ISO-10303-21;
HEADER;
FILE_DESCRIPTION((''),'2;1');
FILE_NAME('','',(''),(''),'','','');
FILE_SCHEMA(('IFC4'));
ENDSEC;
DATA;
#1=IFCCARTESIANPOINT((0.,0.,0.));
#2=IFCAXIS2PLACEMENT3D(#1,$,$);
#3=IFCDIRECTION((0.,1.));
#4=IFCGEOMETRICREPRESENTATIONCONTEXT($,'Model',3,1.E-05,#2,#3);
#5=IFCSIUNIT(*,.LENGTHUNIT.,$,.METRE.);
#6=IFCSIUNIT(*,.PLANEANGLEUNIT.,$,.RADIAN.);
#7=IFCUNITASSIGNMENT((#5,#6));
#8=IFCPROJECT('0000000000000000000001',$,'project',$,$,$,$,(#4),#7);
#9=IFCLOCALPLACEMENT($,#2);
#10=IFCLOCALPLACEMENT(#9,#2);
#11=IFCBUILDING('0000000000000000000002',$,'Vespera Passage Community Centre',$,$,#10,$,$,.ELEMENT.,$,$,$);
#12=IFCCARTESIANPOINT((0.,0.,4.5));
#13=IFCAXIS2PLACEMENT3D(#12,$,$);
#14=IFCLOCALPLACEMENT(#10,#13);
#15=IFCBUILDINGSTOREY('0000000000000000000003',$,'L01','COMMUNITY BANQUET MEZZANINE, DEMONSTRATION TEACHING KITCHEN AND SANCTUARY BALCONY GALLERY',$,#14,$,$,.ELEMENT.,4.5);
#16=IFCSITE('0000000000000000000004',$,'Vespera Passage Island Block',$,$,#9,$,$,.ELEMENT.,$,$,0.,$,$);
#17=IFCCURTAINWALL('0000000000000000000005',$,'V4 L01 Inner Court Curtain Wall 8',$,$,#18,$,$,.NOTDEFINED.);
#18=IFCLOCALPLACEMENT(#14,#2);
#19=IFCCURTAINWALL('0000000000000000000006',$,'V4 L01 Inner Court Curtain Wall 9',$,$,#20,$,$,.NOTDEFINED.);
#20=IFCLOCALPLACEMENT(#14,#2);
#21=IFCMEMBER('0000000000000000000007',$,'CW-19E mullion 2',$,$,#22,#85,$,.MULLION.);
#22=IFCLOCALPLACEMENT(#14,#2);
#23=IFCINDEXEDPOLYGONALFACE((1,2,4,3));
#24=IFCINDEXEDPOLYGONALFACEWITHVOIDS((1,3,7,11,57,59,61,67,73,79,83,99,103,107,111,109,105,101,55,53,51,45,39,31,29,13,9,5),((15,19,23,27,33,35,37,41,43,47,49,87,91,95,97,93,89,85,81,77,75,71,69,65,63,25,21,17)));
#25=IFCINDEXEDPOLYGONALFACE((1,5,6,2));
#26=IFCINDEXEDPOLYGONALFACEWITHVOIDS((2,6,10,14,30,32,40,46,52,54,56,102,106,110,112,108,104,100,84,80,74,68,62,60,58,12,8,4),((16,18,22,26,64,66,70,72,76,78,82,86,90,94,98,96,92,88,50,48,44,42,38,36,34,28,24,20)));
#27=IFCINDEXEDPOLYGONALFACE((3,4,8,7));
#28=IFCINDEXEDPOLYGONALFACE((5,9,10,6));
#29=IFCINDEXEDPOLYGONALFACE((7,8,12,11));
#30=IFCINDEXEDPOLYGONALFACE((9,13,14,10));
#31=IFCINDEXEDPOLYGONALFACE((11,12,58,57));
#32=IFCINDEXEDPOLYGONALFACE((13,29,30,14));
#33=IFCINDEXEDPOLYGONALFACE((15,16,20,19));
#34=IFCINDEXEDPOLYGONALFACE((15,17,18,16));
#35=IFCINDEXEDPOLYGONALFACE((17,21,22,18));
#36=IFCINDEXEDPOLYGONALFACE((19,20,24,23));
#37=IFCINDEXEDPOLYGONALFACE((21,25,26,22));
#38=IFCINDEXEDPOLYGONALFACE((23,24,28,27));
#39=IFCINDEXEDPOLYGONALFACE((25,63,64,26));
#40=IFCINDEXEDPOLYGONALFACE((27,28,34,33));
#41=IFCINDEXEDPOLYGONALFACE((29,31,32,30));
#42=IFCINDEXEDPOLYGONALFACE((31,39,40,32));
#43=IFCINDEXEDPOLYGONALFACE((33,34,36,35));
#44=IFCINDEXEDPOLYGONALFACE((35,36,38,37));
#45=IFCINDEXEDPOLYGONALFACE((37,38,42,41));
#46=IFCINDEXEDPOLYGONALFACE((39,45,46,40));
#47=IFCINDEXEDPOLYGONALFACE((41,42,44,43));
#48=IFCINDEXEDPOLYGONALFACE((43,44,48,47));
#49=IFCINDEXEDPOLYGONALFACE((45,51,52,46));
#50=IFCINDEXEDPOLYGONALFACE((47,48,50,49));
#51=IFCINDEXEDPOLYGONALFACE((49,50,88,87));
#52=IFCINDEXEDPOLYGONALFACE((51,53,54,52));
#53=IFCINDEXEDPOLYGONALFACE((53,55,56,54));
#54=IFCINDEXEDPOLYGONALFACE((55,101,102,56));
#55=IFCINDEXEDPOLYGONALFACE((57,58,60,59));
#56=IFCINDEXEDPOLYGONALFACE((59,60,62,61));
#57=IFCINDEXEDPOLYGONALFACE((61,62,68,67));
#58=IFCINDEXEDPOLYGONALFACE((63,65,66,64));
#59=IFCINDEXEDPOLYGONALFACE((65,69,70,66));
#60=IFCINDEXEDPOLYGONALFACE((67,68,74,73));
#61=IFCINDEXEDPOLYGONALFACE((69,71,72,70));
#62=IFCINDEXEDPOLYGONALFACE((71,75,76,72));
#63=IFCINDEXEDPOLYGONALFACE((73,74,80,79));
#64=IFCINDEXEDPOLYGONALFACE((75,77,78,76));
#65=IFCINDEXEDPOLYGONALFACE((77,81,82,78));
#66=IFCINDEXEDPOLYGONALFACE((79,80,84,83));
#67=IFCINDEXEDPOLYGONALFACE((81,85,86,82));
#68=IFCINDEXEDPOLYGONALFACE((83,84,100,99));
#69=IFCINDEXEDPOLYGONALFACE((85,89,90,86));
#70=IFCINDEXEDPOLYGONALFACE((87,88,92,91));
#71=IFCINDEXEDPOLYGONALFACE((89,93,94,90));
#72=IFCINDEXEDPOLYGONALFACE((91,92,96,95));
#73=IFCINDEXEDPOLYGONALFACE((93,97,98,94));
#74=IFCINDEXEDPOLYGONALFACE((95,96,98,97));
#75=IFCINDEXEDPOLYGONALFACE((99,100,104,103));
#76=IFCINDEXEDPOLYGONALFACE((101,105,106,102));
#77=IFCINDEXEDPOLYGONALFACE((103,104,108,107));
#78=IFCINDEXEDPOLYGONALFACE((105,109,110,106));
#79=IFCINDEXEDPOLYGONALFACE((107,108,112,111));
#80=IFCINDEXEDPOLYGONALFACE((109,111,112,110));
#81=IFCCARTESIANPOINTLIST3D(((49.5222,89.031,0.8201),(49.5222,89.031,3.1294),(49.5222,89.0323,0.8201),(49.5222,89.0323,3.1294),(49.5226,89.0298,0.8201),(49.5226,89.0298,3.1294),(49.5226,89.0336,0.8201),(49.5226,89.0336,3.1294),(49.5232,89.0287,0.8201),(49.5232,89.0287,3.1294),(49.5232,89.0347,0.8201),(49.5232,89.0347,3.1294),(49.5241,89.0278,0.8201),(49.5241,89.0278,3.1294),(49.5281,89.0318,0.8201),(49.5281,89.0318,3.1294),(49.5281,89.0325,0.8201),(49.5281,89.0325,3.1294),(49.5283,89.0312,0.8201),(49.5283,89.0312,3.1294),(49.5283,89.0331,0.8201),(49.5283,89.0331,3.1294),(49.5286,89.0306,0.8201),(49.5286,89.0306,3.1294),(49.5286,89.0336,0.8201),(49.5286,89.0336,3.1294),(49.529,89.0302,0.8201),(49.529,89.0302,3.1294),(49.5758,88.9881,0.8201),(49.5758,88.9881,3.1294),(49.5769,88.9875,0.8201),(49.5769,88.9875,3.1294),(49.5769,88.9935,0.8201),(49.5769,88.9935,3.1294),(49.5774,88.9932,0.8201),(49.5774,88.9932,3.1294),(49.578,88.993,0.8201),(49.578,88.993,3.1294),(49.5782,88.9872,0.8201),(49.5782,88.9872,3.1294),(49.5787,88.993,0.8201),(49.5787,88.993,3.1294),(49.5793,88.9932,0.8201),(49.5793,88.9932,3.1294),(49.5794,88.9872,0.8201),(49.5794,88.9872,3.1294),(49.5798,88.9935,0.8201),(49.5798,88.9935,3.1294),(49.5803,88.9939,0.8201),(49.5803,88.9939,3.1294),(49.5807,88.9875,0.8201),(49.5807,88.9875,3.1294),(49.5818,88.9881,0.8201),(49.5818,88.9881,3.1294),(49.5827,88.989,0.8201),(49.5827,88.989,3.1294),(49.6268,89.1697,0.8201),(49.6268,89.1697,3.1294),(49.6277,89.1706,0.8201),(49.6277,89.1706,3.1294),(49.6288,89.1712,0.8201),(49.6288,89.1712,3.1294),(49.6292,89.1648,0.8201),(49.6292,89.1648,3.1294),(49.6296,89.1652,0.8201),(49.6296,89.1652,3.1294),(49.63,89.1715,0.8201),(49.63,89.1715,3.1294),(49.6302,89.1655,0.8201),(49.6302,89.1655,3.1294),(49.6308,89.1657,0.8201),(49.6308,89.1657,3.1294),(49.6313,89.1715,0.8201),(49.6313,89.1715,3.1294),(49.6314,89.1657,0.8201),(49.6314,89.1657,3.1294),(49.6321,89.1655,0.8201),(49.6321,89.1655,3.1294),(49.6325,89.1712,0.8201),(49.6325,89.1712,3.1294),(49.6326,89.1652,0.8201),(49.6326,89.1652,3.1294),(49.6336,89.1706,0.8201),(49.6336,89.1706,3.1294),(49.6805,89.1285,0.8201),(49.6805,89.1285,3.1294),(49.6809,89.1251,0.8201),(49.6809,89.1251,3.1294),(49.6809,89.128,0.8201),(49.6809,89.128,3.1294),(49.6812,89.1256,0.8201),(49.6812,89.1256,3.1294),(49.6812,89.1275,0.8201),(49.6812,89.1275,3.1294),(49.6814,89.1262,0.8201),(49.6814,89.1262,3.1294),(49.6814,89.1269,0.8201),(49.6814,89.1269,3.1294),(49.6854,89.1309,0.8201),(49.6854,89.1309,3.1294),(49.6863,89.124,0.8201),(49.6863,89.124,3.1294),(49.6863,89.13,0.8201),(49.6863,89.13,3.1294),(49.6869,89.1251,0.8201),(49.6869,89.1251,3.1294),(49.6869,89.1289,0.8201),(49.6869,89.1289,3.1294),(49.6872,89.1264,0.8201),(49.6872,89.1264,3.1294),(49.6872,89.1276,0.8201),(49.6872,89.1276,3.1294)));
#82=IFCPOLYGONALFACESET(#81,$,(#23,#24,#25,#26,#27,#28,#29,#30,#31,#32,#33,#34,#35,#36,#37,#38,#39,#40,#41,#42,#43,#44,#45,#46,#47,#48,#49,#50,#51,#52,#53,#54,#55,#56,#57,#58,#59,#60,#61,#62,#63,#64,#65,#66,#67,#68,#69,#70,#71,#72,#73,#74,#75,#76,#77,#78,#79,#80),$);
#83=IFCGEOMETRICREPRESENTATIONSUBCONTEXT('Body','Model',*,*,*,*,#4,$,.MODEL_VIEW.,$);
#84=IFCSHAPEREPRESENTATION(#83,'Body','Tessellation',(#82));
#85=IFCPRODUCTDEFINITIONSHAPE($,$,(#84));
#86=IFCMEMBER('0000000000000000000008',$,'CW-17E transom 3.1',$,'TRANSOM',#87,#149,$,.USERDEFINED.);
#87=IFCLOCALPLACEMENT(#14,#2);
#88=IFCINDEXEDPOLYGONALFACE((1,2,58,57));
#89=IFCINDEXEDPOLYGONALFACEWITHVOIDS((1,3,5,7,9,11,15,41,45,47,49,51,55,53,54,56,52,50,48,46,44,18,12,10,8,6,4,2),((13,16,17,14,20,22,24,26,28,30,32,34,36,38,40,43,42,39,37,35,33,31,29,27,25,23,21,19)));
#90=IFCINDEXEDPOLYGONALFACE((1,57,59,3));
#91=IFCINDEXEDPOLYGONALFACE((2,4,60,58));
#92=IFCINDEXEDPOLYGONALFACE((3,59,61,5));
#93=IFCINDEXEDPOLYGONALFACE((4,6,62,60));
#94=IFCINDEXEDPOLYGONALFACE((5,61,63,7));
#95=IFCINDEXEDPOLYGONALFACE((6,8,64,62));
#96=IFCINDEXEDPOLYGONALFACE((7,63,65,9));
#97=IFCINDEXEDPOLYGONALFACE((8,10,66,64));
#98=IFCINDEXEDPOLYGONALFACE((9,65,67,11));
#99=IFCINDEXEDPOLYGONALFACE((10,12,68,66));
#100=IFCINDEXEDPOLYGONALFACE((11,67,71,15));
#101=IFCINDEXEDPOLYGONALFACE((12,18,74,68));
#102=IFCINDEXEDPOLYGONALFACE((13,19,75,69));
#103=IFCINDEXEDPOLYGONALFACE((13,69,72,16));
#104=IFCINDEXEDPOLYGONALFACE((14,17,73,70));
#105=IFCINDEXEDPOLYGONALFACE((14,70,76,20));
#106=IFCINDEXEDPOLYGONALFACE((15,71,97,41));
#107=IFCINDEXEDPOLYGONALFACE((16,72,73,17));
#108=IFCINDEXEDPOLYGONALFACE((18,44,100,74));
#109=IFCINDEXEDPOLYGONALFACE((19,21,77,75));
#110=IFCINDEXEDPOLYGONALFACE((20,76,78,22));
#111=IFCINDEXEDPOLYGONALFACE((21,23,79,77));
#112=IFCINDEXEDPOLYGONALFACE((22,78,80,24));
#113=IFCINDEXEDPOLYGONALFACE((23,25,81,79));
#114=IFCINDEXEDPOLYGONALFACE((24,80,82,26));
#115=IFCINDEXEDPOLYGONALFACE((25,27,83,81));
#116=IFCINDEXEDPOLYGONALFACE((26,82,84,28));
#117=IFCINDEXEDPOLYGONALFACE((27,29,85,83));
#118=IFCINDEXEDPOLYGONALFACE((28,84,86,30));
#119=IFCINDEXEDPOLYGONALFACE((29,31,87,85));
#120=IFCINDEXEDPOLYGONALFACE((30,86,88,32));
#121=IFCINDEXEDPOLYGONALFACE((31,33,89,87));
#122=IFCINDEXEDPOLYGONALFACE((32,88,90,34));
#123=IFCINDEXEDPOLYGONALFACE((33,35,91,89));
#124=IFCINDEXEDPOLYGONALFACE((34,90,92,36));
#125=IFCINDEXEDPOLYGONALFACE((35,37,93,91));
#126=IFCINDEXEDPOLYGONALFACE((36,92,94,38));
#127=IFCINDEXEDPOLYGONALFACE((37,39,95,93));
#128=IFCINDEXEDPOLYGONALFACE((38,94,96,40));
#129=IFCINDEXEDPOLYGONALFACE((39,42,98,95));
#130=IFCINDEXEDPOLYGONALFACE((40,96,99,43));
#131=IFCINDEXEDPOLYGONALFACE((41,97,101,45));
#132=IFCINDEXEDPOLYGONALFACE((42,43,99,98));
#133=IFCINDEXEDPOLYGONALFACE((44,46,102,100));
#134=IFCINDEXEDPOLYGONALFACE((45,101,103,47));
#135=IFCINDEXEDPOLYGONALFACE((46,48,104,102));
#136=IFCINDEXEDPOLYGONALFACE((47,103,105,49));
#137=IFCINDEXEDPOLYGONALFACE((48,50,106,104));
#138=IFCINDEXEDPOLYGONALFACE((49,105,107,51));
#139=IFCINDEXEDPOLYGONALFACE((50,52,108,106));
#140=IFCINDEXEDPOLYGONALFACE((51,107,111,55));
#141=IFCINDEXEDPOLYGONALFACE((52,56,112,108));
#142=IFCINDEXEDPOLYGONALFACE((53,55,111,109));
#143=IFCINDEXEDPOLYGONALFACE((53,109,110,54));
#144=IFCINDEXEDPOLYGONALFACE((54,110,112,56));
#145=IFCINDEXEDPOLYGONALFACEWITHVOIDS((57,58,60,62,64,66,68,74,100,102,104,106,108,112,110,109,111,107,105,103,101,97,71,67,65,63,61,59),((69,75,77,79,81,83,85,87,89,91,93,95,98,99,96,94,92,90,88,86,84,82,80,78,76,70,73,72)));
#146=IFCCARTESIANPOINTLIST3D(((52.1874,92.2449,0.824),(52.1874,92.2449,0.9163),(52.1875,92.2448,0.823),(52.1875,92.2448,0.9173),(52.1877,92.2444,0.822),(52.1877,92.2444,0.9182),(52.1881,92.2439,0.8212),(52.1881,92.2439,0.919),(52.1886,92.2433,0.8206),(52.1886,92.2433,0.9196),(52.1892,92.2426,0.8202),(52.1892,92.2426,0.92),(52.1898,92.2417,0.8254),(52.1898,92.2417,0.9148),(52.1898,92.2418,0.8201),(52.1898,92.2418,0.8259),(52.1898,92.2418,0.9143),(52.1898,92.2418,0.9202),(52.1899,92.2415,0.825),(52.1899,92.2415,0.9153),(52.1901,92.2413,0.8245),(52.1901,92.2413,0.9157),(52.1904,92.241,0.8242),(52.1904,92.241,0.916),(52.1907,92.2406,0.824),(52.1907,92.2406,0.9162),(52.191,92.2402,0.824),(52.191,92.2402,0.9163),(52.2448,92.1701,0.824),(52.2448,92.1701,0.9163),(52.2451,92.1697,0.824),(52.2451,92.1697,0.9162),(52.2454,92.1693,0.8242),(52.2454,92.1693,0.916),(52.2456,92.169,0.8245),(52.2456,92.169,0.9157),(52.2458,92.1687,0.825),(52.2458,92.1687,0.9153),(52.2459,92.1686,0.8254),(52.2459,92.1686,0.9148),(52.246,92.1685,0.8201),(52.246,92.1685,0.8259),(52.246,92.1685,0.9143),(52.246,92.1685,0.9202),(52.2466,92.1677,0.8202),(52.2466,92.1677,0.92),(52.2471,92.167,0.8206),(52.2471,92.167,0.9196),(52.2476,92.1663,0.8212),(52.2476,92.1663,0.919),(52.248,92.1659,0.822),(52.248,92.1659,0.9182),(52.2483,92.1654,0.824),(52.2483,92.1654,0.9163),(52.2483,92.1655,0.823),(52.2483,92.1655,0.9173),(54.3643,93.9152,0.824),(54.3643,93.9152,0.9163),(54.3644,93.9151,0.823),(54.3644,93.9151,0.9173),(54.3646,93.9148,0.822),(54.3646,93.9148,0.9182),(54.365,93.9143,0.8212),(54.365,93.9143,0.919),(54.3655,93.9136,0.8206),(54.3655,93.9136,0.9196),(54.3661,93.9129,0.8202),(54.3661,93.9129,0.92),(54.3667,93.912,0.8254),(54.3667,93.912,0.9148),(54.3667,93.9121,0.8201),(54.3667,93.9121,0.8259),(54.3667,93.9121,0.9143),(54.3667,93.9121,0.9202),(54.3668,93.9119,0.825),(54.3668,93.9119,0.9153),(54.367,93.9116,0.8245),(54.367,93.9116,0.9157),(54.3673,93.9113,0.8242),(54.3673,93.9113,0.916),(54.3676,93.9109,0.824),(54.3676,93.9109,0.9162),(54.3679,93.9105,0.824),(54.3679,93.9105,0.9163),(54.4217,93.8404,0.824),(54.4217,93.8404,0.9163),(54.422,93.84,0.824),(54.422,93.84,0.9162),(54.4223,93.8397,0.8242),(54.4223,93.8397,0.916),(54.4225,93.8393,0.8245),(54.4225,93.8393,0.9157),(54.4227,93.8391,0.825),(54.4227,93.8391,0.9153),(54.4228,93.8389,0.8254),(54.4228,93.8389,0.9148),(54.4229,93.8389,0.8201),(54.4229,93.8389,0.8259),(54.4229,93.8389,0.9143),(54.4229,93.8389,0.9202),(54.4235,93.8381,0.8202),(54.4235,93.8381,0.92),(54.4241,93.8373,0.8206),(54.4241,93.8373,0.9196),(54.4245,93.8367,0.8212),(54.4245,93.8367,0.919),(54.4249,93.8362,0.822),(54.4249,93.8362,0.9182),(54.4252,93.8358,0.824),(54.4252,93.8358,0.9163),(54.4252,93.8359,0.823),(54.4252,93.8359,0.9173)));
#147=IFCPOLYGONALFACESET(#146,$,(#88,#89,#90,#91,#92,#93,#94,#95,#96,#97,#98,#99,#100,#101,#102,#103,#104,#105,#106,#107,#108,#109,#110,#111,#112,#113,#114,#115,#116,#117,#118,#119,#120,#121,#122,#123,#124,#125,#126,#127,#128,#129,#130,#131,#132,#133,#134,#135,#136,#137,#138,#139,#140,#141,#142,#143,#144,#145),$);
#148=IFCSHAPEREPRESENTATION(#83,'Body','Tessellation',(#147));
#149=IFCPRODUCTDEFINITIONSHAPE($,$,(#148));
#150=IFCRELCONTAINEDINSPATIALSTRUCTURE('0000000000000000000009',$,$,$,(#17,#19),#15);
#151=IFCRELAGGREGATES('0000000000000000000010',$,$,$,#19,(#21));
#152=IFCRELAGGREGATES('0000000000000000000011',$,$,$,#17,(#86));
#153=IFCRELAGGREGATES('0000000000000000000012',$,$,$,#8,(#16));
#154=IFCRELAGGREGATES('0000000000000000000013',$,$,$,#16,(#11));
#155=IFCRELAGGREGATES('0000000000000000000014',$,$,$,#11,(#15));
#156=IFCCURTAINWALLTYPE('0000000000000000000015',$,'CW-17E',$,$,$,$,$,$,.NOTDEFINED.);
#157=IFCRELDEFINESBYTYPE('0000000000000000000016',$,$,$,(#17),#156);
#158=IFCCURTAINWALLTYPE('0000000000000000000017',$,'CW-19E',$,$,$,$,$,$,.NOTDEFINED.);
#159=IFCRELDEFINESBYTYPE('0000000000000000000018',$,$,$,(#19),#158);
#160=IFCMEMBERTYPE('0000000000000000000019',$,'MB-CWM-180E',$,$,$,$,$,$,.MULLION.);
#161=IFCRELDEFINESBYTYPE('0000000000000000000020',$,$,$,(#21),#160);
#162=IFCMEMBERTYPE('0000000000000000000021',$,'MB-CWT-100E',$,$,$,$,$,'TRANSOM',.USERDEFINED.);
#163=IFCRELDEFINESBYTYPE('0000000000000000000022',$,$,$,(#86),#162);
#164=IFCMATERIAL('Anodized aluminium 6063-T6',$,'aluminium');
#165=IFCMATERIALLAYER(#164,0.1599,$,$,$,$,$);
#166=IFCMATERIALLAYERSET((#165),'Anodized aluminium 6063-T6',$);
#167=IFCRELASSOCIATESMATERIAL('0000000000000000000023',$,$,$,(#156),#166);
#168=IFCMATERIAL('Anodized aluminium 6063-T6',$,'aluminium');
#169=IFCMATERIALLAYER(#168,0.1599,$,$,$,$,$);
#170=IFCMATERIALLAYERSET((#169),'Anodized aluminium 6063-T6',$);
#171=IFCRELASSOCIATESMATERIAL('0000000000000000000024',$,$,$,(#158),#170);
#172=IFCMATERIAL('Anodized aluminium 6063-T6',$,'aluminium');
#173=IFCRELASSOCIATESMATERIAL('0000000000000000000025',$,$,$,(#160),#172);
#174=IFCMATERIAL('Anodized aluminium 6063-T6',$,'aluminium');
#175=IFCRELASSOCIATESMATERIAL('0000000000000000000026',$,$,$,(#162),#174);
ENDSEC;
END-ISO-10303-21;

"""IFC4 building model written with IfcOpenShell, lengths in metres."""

from ifc_helpers import new_model, si_unit, direction, frame, origin, origin_2d, place, context, subcontext, project, spatial, hollow_rectangle, extrude, material, layer, layer_set, material_profile, profile_set, type_object, element, aggregate, save


model = new_model("IFC4")

# Units and contexts
model_context = context("Model", 3, precision=1e-05, world=origin(), true_north=direction((0.0, 1.0)))
body_context = subcontext(model_context, "Body", "Model", "MODEL_VIEW")
ifc_project = project(units=[si_unit("LENGTHUNIT", "METRE"), si_unit("PLANEANGLEUNIT", "RADIAN")], contexts=[model_context])

# Site, building, storey
site_placement = place(None, origin())
site = spatial("IfcSite", under=ifc_project, at=site_placement, Name="Vespera Passage Island Block", CompositionType="ELEMENT", RefElevation=0.0)
building_placement = place(site_placement, origin())
building = spatial("IfcBuilding", under=site, at=building_placement, Name="Vespera Passage Community Centre", CompositionType="ELEMENT")
storey_placement = place(building_placement, frame((0.0, 0.0, 4.5)))
storey = spatial("IfcBuildingStorey", under=building, at=storey_placement, Name="L01", Description="COMMUNITY BANQUET MEZZANINE, DEMONSTRATION TEACHING KITCHEN AND SANCTUARY BALCONY GALLERY", CompositionType="ELEMENT", Elevation=4.5)

# Curtain walls, member
ifc_material_1 = material(Name="Anodized aluminium 6063-T6", Category="aluminium")
ifc_layer_1 = layer(ifc_material_1, 0.1599)
ifc_layer_set_1 = layer_set([ifc_layer_1], Name="Anodized aluminium 6063-T6")
curtain_wall_type_1 = type_object("IfcCurtainWallType", Name="CW-17E", PredefinedType="NOTDEFINED", material=ifc_layer_set_1)
curtain_wall_1_placement = place(storey_placement, origin())
curtain_wall_1 = element("IfcCurtainWall", 1, at=curtain_wall_1_placement, inside=storey, type_object=curtain_wall_type_1, Name="V4 L01 Inner Court Curtain Wall 8", PredefinedType="NOTDEFINED")
ifc_material_2 = material(Name="Anodized aluminium 6063-T6", Category="aluminium")
ifc_layer_2 = layer(ifc_material_2, 0.1599)
ifc_layer_set_2 = layer_set([ifc_layer_2], Name="Anodized aluminium 6063-T6")
curtain_wall_type_2 = type_object("IfcCurtainWallType", Name="CW-19E", PredefinedType="NOTDEFINED", material=ifc_layer_set_2)
curtain_wall_2_placement = place(storey_placement, origin())
curtain_wall_2 = element("IfcCurtainWall", 2, at=curtain_wall_2_placement, inside=storey, type_object=curtain_wall_type_2, Name="V4 L01 Inner Court Curtain Wall 9", PredefinedType="NOTDEFINED")
ifc_material_3 = material(Name="Anodized aluminium 6063-T6", Category="aluminium")
ifc_material_profile_1 = material_profile(ifc_material_3, hollow_rectangle(XDim=0.075, YDim=0.1799, WallThickness=0.0049, InnerFilletRadius=0.0024, OuterFilletRadius=0.0049, at=origin_2d()), Name="ALU180X75X5")
ifc_profile_set_1 = profile_set([ifc_material_profile_1], Name="Anodized aluminium 6063-T6")
member_type_1 = type_object("IfcMemberType", Name="MB-CWM-180E", PredefinedType="MULLION", material=ifc_profile_set_1)
member_1_placement = place(storey_placement, frame((49.6047, 89.0793, 0.8201), z_axis=(0.0, 0.0, 1.0), x_axis=(0.793358, -0.608755, 0.0)))
member_1 = element("IfcMember", 3, at=member_1_placement, type_object=member_type_1, Name="CW-19E mullion 2", PredefinedType="MULLION", context=body_context, shape_type="SweptSolid", body=[
    extrude(hollow_rectangle(XDim=0.075, YDim=0.1799, WallThickness=0.0049, InnerFilletRadius=0.0024, OuterFilletRadius=0.0049, at=origin_2d()), origin(), (0.0, 0.0, 1.0), 2.3093),
])

# Member
ifc_material_4 = material(Name="Anodized aluminium 6063-T6", Category="aluminium")
ifc_material_profile_2 = material_profile(ifc_material_4, hollow_rectangle(XDim=0.1001, YDim=0.1001, WallThickness=0.0039, InnerFilletRadius=0.002, OuterFilletRadius=0.0039, at=origin_2d()), Name="ALU100X100X4")
ifc_profile_set_2 = profile_set([ifc_material_profile_2], Name="Anodized aluminium 6063-T6")
member_type_2 = type_object("IfcMemberType", Name="MB-CWT-100E", ElementType="TRANSOM", PredefinedType="USERDEFINED", material=ifc_profile_set_2)
member_2_placement = place(storey_placement, frame((54.3948, 93.8755, 0.8701), z_axis=(-0.793364, -0.608747, 0.0), x_axis=(0.608747, -0.793364, 0.0)))
member_2 = element("IfcMember", 4, at=member_2_placement, type_object=member_type_2, Name="CW-17E transom 3.1", ObjectType="TRANSOM", PredefinedType="USERDEFINED", context=body_context, shape_type="SweptSolid", body=[
    extrude(hollow_rectangle(XDim=0.1001, YDim=0.1001, WallThickness=0.0039, InnerFilletRadius=0.002, OuterFilletRadius=0.0039, at=origin_2d()), origin(), (0.0, 0.0, 1.0), 2.7439),
])

aggregate(curtain_wall_2, [member_1])
aggregate(curtain_wall_1, [member_2])

save(model, "model.ifc")
